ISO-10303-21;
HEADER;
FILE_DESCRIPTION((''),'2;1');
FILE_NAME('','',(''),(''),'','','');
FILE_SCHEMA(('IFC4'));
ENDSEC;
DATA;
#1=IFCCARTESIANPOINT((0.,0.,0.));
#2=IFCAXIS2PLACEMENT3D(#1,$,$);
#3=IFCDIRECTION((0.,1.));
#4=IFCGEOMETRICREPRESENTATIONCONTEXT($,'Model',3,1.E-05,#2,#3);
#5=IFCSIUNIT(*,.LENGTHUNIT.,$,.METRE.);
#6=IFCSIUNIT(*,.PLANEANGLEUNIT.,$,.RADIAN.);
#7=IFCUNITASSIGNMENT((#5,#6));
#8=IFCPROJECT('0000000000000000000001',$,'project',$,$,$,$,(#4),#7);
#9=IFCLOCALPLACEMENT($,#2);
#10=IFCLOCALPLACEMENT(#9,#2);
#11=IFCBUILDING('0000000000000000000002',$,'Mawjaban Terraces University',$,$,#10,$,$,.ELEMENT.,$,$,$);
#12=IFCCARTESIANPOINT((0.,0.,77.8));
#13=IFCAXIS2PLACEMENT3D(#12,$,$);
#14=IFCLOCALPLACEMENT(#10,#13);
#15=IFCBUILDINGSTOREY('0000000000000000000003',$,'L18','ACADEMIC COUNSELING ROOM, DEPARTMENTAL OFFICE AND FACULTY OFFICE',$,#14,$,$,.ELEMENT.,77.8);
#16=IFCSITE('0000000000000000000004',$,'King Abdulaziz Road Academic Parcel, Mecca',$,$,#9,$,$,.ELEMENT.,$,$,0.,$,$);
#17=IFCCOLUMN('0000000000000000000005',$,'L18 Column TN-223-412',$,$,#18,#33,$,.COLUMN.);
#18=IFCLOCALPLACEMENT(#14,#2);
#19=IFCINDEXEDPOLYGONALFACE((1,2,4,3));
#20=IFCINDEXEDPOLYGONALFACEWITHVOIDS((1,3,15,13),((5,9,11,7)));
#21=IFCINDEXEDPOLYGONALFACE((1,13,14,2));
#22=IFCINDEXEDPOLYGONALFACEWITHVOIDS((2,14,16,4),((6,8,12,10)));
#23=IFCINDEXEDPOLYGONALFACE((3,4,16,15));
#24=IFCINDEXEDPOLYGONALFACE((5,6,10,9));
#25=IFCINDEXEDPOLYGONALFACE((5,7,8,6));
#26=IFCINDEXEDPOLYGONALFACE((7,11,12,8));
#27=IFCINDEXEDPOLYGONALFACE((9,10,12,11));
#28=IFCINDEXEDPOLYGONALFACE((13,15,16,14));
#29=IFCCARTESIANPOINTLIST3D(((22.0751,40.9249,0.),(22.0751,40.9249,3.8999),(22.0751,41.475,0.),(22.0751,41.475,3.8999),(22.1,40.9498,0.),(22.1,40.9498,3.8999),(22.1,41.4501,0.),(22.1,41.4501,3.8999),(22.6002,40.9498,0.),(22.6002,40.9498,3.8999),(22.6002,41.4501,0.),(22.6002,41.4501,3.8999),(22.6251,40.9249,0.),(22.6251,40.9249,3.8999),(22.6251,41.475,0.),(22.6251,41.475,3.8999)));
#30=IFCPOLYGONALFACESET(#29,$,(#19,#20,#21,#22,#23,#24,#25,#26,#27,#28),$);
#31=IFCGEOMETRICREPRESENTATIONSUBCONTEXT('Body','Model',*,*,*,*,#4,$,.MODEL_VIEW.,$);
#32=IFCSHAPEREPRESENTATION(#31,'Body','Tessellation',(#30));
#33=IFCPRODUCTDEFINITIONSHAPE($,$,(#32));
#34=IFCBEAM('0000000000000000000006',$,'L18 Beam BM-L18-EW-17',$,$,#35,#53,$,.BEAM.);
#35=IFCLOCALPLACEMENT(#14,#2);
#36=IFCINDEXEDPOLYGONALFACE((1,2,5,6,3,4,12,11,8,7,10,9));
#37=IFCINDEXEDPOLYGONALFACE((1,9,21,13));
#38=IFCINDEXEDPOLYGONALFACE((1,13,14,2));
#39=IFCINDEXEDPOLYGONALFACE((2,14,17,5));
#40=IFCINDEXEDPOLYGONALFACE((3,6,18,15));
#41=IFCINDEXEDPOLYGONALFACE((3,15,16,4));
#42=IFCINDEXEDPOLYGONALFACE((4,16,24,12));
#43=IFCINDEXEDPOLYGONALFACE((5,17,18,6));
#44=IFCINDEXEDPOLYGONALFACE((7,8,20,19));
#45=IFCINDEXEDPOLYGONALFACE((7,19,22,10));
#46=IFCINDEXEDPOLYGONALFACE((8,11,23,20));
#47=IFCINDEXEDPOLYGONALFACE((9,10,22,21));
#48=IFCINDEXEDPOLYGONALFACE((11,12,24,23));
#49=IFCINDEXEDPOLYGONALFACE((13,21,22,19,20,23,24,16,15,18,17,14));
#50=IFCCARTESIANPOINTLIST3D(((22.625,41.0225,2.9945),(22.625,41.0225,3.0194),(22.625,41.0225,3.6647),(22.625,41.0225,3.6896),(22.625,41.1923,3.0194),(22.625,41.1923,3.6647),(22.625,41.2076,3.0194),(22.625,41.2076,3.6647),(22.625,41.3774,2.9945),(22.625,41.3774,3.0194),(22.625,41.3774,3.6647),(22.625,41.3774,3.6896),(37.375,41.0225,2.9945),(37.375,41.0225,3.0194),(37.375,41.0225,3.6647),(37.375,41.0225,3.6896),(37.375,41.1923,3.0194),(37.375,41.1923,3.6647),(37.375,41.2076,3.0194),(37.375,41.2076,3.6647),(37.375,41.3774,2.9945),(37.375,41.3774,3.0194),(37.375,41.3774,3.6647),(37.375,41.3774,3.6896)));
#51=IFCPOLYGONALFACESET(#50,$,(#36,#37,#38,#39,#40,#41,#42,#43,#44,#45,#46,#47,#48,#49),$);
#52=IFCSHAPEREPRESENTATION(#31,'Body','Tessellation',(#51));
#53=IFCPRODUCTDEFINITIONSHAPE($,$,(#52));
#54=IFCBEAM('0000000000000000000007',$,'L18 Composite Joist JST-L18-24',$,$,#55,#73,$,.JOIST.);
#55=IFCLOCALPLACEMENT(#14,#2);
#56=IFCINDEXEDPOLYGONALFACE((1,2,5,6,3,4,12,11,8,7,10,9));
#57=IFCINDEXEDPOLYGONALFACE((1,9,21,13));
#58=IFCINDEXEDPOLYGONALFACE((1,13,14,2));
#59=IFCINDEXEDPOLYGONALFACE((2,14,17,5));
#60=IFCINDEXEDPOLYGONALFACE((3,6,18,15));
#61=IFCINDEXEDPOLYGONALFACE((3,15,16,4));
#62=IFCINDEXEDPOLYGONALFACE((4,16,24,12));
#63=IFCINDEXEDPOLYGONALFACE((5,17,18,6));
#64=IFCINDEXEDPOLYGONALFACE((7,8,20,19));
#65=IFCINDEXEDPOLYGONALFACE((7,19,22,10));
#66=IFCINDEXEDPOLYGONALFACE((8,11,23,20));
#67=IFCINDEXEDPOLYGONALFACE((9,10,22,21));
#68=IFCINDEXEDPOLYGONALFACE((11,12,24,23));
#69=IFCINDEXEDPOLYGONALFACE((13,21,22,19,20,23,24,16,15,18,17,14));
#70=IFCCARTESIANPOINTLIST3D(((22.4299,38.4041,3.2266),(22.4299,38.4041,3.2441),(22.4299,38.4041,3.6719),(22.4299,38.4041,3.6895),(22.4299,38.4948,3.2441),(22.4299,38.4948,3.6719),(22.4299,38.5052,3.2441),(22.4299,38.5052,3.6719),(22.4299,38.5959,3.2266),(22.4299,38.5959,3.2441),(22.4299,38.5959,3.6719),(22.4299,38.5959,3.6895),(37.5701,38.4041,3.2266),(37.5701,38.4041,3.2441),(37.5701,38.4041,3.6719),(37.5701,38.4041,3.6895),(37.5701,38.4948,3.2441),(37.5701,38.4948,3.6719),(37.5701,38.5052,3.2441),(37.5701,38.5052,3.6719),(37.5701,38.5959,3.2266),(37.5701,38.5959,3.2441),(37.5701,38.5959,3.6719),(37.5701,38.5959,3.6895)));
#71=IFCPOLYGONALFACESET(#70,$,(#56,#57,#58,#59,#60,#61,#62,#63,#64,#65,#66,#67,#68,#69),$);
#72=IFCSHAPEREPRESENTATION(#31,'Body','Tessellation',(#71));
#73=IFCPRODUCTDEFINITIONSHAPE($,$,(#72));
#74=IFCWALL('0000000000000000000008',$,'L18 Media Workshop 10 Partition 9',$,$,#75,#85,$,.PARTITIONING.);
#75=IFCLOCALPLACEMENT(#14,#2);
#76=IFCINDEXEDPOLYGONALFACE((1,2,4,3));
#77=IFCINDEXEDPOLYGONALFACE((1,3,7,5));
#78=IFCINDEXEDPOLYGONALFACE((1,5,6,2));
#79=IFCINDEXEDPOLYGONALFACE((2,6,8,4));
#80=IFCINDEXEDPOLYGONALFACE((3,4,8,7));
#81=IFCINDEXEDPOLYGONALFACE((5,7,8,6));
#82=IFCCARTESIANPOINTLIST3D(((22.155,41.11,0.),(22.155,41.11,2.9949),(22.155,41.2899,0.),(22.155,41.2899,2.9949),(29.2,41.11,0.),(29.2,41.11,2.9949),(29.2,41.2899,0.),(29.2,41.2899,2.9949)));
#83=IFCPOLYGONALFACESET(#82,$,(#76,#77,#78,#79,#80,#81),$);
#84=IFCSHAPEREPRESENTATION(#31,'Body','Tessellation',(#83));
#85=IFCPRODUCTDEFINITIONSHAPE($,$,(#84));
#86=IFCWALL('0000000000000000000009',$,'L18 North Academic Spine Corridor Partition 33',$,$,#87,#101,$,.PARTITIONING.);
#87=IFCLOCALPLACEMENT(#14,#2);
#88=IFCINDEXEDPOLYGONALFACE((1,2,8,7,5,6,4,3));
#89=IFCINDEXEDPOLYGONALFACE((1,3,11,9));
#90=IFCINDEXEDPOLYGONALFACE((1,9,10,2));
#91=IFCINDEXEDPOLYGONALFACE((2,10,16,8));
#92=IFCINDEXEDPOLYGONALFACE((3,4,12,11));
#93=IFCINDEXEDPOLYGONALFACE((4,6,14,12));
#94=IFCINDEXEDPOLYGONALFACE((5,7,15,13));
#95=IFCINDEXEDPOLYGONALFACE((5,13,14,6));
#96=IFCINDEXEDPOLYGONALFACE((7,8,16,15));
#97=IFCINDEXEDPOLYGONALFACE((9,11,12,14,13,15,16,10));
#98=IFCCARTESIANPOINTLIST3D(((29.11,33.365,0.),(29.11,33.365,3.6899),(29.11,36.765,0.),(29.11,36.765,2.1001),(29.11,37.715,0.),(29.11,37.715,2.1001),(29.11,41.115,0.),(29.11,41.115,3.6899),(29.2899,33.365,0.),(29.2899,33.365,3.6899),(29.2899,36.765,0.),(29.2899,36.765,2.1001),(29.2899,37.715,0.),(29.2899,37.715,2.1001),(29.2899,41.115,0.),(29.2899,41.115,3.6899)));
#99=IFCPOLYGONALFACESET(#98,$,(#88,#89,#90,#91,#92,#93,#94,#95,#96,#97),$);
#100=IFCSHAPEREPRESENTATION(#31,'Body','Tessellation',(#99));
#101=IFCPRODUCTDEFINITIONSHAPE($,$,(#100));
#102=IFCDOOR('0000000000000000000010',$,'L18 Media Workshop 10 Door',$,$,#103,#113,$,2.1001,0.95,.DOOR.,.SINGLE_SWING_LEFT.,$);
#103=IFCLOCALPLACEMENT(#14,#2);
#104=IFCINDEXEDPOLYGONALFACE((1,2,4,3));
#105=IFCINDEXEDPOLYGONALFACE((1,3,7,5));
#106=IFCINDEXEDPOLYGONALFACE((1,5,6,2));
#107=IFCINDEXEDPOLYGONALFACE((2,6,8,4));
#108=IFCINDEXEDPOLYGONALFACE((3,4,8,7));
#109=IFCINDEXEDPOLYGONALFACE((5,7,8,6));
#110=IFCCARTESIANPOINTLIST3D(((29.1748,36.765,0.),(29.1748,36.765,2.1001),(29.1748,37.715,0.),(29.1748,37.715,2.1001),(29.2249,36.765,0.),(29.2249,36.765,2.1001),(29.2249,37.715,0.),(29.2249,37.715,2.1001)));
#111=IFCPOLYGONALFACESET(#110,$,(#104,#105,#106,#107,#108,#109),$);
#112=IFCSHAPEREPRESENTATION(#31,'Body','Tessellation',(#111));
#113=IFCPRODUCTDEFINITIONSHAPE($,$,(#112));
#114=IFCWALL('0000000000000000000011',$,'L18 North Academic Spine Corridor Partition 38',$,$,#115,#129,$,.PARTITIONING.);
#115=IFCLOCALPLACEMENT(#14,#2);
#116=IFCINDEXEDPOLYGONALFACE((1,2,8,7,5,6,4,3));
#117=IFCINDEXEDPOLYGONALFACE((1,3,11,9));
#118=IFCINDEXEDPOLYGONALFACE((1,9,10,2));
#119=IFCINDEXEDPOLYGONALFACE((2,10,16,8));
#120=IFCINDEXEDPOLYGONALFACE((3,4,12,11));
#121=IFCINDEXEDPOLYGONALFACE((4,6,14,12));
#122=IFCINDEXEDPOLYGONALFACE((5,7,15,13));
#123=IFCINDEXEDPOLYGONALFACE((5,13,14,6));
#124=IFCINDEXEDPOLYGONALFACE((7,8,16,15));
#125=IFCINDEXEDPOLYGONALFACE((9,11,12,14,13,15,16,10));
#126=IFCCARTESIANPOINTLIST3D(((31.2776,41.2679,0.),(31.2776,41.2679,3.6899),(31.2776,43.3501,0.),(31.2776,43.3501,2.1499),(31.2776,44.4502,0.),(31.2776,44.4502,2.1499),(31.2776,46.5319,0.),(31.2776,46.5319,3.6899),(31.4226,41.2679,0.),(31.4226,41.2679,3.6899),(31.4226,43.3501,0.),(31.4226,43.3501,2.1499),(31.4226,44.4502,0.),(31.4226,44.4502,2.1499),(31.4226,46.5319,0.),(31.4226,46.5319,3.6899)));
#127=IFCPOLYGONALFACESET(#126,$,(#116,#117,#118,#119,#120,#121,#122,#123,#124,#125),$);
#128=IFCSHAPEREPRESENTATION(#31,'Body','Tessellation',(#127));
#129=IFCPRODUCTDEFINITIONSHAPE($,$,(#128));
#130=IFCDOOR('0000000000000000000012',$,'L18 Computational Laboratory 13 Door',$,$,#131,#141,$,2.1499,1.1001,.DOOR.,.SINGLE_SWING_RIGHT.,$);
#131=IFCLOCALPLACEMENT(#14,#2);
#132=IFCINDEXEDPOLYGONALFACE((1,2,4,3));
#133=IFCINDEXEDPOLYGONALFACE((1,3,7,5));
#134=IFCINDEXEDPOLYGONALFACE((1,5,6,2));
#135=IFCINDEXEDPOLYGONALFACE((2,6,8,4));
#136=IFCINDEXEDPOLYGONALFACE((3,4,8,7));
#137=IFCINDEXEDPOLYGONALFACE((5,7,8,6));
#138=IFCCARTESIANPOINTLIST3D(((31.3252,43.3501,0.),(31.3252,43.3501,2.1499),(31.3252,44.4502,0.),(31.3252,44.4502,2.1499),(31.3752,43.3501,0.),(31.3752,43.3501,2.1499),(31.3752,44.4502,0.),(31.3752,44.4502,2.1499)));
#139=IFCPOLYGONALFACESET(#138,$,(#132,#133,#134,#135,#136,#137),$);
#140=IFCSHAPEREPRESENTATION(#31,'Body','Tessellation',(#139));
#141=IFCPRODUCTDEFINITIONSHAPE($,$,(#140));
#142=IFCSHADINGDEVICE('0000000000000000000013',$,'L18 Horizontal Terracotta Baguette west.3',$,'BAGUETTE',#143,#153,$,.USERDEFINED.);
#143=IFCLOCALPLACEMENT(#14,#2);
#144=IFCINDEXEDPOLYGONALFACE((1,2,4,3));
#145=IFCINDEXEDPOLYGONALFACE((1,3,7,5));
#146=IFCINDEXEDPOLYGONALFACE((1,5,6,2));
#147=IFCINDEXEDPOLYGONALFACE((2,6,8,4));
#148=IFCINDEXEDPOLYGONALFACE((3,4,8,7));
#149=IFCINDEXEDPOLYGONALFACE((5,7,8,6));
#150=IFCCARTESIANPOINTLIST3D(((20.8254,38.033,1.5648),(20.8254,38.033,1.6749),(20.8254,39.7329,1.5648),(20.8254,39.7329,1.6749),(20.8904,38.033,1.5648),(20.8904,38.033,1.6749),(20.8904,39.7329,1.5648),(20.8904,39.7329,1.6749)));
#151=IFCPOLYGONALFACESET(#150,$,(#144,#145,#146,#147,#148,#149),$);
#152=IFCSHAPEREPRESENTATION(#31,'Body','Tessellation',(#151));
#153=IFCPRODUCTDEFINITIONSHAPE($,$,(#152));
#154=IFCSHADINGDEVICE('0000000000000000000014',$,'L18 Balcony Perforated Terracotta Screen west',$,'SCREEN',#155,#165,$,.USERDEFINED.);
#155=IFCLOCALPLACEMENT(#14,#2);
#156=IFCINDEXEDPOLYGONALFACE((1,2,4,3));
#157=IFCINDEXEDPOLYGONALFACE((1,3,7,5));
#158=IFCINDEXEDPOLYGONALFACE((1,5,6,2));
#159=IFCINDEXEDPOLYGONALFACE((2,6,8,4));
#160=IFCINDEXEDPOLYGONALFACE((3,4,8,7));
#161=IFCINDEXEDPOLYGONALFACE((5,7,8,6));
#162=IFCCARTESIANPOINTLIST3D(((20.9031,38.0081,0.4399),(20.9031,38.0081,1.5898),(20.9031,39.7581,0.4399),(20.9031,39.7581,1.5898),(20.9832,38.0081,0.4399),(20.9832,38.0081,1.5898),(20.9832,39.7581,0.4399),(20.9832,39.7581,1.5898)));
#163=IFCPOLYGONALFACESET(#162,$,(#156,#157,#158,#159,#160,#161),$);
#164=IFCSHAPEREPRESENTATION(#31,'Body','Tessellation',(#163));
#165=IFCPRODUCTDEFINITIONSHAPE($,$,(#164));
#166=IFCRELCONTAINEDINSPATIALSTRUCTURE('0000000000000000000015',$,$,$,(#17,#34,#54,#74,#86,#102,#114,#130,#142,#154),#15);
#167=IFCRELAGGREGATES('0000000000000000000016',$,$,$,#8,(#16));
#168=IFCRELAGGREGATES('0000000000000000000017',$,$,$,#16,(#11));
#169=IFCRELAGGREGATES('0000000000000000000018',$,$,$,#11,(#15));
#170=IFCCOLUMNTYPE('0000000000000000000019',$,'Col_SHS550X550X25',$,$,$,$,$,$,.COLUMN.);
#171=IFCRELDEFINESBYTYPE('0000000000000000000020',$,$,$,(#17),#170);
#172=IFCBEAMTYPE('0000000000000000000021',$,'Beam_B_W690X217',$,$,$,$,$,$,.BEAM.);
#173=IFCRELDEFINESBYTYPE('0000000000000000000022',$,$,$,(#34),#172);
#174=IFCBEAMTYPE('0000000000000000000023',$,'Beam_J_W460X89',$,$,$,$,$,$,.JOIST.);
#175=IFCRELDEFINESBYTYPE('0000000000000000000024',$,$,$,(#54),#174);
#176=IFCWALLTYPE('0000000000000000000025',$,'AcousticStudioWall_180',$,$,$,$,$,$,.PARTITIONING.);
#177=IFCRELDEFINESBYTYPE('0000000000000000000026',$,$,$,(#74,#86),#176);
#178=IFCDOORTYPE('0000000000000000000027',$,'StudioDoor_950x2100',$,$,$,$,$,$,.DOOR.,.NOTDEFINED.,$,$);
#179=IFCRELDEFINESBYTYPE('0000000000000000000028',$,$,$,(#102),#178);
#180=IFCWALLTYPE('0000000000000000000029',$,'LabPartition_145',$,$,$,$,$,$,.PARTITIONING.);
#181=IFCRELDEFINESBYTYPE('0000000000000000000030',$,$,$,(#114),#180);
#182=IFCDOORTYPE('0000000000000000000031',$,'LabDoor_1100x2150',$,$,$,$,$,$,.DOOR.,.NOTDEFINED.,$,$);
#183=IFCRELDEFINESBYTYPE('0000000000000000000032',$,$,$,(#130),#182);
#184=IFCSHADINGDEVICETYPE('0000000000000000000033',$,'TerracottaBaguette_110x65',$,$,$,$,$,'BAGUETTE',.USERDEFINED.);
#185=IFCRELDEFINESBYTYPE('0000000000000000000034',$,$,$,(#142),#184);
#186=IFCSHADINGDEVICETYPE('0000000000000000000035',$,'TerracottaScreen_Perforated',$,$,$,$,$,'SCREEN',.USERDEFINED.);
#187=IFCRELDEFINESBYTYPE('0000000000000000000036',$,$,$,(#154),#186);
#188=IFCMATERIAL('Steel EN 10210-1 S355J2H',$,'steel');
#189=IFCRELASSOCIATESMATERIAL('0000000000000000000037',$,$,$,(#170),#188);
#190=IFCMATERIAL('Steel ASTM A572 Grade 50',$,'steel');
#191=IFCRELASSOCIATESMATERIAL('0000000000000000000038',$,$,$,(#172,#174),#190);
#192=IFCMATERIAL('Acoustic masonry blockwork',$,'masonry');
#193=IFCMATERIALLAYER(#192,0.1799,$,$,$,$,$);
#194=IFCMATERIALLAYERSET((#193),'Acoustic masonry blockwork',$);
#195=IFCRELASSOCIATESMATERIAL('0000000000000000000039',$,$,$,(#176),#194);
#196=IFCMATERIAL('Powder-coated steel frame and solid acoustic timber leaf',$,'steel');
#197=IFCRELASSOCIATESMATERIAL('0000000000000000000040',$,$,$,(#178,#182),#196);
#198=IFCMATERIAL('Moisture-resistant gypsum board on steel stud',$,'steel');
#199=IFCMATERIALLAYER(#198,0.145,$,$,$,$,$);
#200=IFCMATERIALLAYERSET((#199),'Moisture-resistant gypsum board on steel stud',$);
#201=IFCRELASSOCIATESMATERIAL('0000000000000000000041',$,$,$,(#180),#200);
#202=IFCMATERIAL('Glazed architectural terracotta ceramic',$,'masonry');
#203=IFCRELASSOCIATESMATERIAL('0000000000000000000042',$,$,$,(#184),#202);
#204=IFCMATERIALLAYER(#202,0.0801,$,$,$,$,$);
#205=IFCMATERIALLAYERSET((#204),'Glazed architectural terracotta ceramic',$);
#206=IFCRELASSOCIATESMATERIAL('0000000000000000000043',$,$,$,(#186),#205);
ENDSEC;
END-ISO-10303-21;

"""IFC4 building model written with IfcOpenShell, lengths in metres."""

from ifc_helpers import new_model, si_unit, direction, frame, frame_2d, origin, origin_2d, place, context, subcontext, project, spatial, rectangle, hollow_rectangle, i_section, extrude, material, layer, layer_set, material_profile, profile_set, type_object, element, fill, save


model = new_model("IFC4")

# Units and contexts
model_context = context("Model", 3, precision=1e-05, world=origin(), true_north=direction((0.0, 1.0)))
body_context = subcontext(model_context, "Body", "Model", "MODEL_VIEW")
ifc_project = project(units=[si_unit("LENGTHUNIT", "METRE"), si_unit("PLANEANGLEUNIT", "RADIAN")], contexts=[model_context])

# Site, building, storey
site_placement = place(None, origin())
site = spatial("IfcSite", under=ifc_project, at=site_placement, Name="King Abdulaziz Road Academic Parcel, Mecca", CompositionType="ELEMENT", RefElevation=0.0)
building_placement = place(site_placement, origin())
building = spatial("IfcBuilding", under=site, at=building_placement, Name="Mawjaban Terraces University", CompositionType="ELEMENT")
storey_placement = place(building_placement, frame((0.0, 0.0, 77.8)))
storey = spatial("IfcBuildingStorey", under=building, at=storey_placement, Name="L18", Description="ACADEMIC COUNSELING ROOM, DEPARTMENTAL OFFICE AND FACULTY OFFICE", CompositionType="ELEMENT", Elevation=77.8)

# Column
ifc_material_1 = material(Name="Steel EN 10210-1 S355J2H", Category="steel")
ifc_material_profile_1 = material_profile(ifc_material_1, hollow_rectangle(XDim=0.55, YDim=0.55, WallThickness=0.0249, at=origin_2d()), Name="SHS550X550X25")
ifc_profile_set_1 = profile_set([ifc_material_profile_1], Name="Steel EN 10210-1 S355J2H")
column_type = type_object("IfcColumnType", Name="Col_SHS550X550X25", PredefinedType="COLUMN", material=ifc_profile_set_1)
column_placement = place(storey_placement, frame((22.3501, 41.2, 0.0), z_axis=(0.0, 0.0, 1.0), x_axis=(1.0, 0.0, 0.0)))
element("IfcColumn", 1, at=column_placement, inside=storey, type_object=column_type, Name="L18 Column TN-223-412", PredefinedType="COLUMN", context=body_context, shape_type="SweptSolid", body=[
    extrude(hollow_rectangle(XDim=0.55, YDim=0.55, WallThickness=0.0249, at=origin_2d()), origin(), (0.0, 0.0, 1.0), 3.8999),
])

# Beams
ifc_material_2 = material(Name="Steel ASTM A572 Grade 50", Category="steel")
ifc_material_profile_2 = material_profile(ifc_material_2, i_section(OverallWidth=0.355, OverallDepth=0.6951, WebThickness=0.0154, FlangeThickness=0.0249, at=origin_2d()), Name="W690X217")
ifc_profile_set_2 = profile_set([ifc_material_profile_2], Name="Steel ASTM A572 Grade 50")
beam_type_1 = type_object("IfcBeamType", Name="Beam_B_W690X217", PredefinedType="BEAM", material=ifc_profile_set_2)
beam_1_placement = place(storey_placement, frame((22.625, 41.2, 3.342), z_axis=(1.0, 0.0, 0.0), x_axis=(0.0, 1.0, 0.0)))
element("IfcBeam", 2, at=beam_1_placement, inside=storey, type_object=beam_type_1, Name="L18 Beam BM-L18-EW-17", PredefinedType="BEAM", context=body_context, shape_type="SweptSolid", body=[
    extrude(i_section(OverallWidth=0.355, OverallDepth=0.6951, WebThickness=0.0154, FlangeThickness=0.0249, at=origin_2d()), origin(), (0.0, 0.0, 1.0), 14.75),
])
ifc_material_profile_3 = material_profile(ifc_material_2, i_section(OverallWidth=0.1919, OverallDepth=0.4629, WebThickness=0.0105, FlangeThickness=0.0176, at=origin_2d()), Name="W460X89")
ifc_profile_set_3 = profile_set([ifc_material_profile_3], Name="Steel ASTM A572 Grade 50")
beam_type_2 = type_object("IfcBeamType", Name="Beam_J_W460X89", PredefinedType="JOIST", material=ifc_profile_set_3)
beam_2_placement = place(storey_placement, frame((22.4299, 38.5, 3.458), z_axis=(1.0, 0.0, 0.0), x_axis=(0.0, 1.0, 0.0)))
element("IfcBeam", 3, at=beam_2_placement, inside=storey, type_object=beam_type_2, Name="L18 Composite Joist JST-L18-24", PredefinedType="JOIST", context=body_context, shape_type="SweptSolid", body=[
    extrude(i_section(OverallWidth=0.1919, OverallDepth=0.4629, WebThickness=0.0105, FlangeThickness=0.0176, at=origin_2d()), origin(), (0.0, 0.0, 1.0), 15.1401),
])

# Wall
ifc_material_3 = material(Name="Acoustic masonry blockwork", Category="masonry")
ifc_layer_1 = layer(ifc_material_3, 0.1799)
ifc_layer_set_1 = layer_set([ifc_layer_1], Name="Acoustic masonry blockwork")
wall_type_1 = type_object("IfcWallType", Name="AcousticStudioWall_180", PredefinedType="PARTITIONING", material=ifc_layer_set_1)
wall_1_placement = place(storey_placement, frame((29.2, 41.2, 0.0), z_axis=(0.0, 0.0, 1.0), x_axis=(-1.0, 0.0, 0.0)))
element("IfcWall", 4, at=wall_1_placement, inside=storey, type_object=wall_type_1, Name="L18 Media Workshop 10 Partition 9", PredefinedType="PARTITIONING", context=body_context, shape_type="SweptSolid", body=[
    extrude(rectangle(XDim=7.0449, YDim=0.1799, at=frame_2d((3.5225, 0.0))), origin(), (0.0, 0.0, 1.0), 2.9949),
])

# Walls, openings, doors
wall_2_placement = place(storey_placement, frame((29.2, 41.115, 0.0), z_axis=(0.0, 0.0, 1.0), x_axis=(0.0, -1.0, 0.0)))
wall_2 = element("IfcWall", 5, at=wall_2_placement, inside=storey, type_object=wall_type_1, Name="L18 North Academic Spine Corridor Partition 33", PredefinedType="PARTITIONING", context=body_context, shape_type="SweptSolid", body=[
    extrude(rectangle(XDim=7.75, YDim=0.1799, at=frame_2d((3.875, 0.0))), origin(), (0.0, 0.0, 1.0), 3.6899),
])
opening_1_placement = place(wall_2_placement, frame((3.3999, 0.0, 0.0)))
opening_1 = element("IfcOpeningElement", 6, at=opening_1_placement, cuts=wall_2, PredefinedType="OPENING", context=body_context, shape_type="SweptSolid", body=[
    extrude(rectangle(XDim=0.95, YDim=2.1001, at=frame_2d((0.4751, 1.05))), frame((0.0, 0.0999, 0.0), z_axis=(0.0, -1.0, 0.0), x_axis=(1.0, 0.0, 0.0)), (0.0, 0.0, 1.0), 0.2),
])
ifc_material_4 = material(Name="Powder-coated steel frame and solid acoustic timber leaf", Category="steel")
door_type_1 = type_object("IfcDoorType", Name="StudioDoor_950x2100", OperationType="NOTDEFINED", PredefinedType="DOOR", material=ifc_material_4)
door_1_placement = place(opening_1_placement, origin())
door_1 = element("IfcDoor", 7, at=door_1_placement, inside=storey, type_object=door_type_1, Name="L18 Media Workshop 10 Door", OperationType="SINGLE_SWING_LEFT", OverallHeight=2.1001, OverallWidth=0.95, PredefinedType="DOOR", context=body_context, shape_type="SweptSolid", body=[
    extrude(rectangle(XDim=0.95, YDim=2.1001, at=frame_2d((0.4751, 1.05))), frame((0.0, 0.0249, 0.0), z_axis=(0.0, -1.0, 0.0), x_axis=(1.0, 0.0, 0.0)), (0.0, 0.0, 1.0), 0.05),
])
fill(opening_1, door_1)
ifc_material_5 = material(Name="Moisture-resistant gypsum board on steel stud", Category="steel")
ifc_layer_2 = layer(ifc_material_5, 0.145)
ifc_layer_set_2 = layer_set([ifc_layer_2], Name="Moisture-resistant gypsum board on steel stud")
wall_type_2 = type_object("IfcWallType", Name="LabPartition_145", PredefinedType="PARTITIONING", material=ifc_layer_set_2)
wall_3_placement = place(storey_placement, frame((31.3501, 41.2681, 0.0), z_axis=(0.0, 0.0, 1.0), x_axis=(0.0, 1.0, 0.0)))
wall_3 = element("IfcWall", 8, at=wall_3_placement, inside=storey, type_object=wall_type_2, Name="L18 North Academic Spine Corridor Partition 38", PredefinedType="PARTITIONING", context=body_context, shape_type="SweptSolid", body=[
    extrude(rectangle(XDim=5.2639, YDim=0.145, at=frame_2d((2.6318, 0.0))), origin(), (0.0, 0.0, 1.0), 3.6899),
])
opening_2_placement = place(wall_3_placement, frame((2.082, 0.0, 0.0)))
opening_2 = element("IfcOpeningElement", 9, at=opening_2_placement, cuts=wall_3, PredefinedType="OPENING", context=body_context, shape_type="SweptSolid", body=[
    extrude(rectangle(XDim=1.1001, YDim=2.1499, at=frame_2d((0.55, 1.075))), frame((0.0, 0.0825, 0.0), z_axis=(0.0, -1.0, 0.0), x_axis=(1.0, 0.0, 0.0)), (0.0, 0.0, 1.0), 0.165),
])
door_type_2 = type_object("IfcDoorType", Name="LabDoor_1100x2150", OperationType="NOTDEFINED", PredefinedType="DOOR", material=ifc_material_4)
door_2_placement = place(opening_2_placement, origin())
door_2 = element("IfcDoor", 10, at=door_2_placement, inside=storey, type_object=door_type_2, Name="L18 Computational Laboratory 13 Door", OperationType="SINGLE_SWING_RIGHT", OverallHeight=2.1499, OverallWidth=1.1001, PredefinedType="DOOR", context=body_context, shape_type="SweptSolid", body=[
    extrude(rectangle(XDim=1.1001, YDim=2.1499, at=frame_2d((0.55, 1.075))), frame((0.0, 0.0249, 0.0), z_axis=(0.0, -1.0, 0.0), x_axis=(1.0, 0.0, 0.0)), (0.0, 0.0, 1.0), 0.05),
])
fill(opening_2, door_2)

# Shading devices
ifc_material_6 = material(Name="Glazed architectural terracotta ceramic", Category="masonry")
ifc_material_profile_4 = material_profile(ifc_material_6, rectangle(XDim=0.0649, YDim=0.1101, at=origin_2d()), Name="TBAG110X65")
ifc_profile_set_4 = profile_set([ifc_material_profile_4], Name="Glazed architectural terracotta ceramic")
shading_device_type_1 = type_object("IfcShadingDeviceType", Name="TerracottaBaguette_110x65", ElementType="BAGUETTE", PredefinedType="USERDEFINED", material=ifc_profile_set_4)
shading_device_1_placement = place(storey_placement, frame((20.8579, 38.033, 1.6199), z_axis=(0.0, 1.0, 0.0), x_axis=(-1.0, 0.0, 0.0)))
element("IfcShadingDevice", 11, at=shading_device_1_placement, inside=storey, type_object=shading_device_type_1, Name="L18 Horizontal Terracotta Baguette west.3", ObjectType="BAGUETTE", PredefinedType="USERDEFINED", context=body_context, shape_type="SweptSolid", body=[
    extrude(rectangle(XDim=0.0649, YDim=0.1101, at=origin_2d()), origin(), (0.0, 0.0, 1.0), 1.7),
])
ifc_layer_3 = layer(ifc_material_6, 0.0801)
ifc_layer_set_3 = layer_set([ifc_layer_3], Name="Glazed architectural terracotta ceramic")
shading_device_type_2 = type_object("IfcShadingDeviceType", Name="TerracottaScreen_Perforated", ElementType="SCREEN", PredefinedType="USERDEFINED", material=ifc_layer_set_3)
shading_device_2_placement = place(storey_placement, frame((20.9431, 38.8831, 0.4399), z_axis=(0.0, 0.0, 1.0), x_axis=(0.0, 1.0, 0.0)))
element("IfcShadingDevice", 12, at=shading_device_2_placement, inside=storey, type_object=shading_device_type_2, Name="L18 Balcony Perforated Terracotta Screen west", ObjectType="SCREEN", PredefinedType="USERDEFINED", context=body_context, shape_type="SweptSolid", body=[
    extrude(rectangle(XDim=1.75, YDim=0.0801, at=origin_2d()), origin(), (0.0, 0.0, 1.0), 1.1499),
])

save(model, "model.ifc")
